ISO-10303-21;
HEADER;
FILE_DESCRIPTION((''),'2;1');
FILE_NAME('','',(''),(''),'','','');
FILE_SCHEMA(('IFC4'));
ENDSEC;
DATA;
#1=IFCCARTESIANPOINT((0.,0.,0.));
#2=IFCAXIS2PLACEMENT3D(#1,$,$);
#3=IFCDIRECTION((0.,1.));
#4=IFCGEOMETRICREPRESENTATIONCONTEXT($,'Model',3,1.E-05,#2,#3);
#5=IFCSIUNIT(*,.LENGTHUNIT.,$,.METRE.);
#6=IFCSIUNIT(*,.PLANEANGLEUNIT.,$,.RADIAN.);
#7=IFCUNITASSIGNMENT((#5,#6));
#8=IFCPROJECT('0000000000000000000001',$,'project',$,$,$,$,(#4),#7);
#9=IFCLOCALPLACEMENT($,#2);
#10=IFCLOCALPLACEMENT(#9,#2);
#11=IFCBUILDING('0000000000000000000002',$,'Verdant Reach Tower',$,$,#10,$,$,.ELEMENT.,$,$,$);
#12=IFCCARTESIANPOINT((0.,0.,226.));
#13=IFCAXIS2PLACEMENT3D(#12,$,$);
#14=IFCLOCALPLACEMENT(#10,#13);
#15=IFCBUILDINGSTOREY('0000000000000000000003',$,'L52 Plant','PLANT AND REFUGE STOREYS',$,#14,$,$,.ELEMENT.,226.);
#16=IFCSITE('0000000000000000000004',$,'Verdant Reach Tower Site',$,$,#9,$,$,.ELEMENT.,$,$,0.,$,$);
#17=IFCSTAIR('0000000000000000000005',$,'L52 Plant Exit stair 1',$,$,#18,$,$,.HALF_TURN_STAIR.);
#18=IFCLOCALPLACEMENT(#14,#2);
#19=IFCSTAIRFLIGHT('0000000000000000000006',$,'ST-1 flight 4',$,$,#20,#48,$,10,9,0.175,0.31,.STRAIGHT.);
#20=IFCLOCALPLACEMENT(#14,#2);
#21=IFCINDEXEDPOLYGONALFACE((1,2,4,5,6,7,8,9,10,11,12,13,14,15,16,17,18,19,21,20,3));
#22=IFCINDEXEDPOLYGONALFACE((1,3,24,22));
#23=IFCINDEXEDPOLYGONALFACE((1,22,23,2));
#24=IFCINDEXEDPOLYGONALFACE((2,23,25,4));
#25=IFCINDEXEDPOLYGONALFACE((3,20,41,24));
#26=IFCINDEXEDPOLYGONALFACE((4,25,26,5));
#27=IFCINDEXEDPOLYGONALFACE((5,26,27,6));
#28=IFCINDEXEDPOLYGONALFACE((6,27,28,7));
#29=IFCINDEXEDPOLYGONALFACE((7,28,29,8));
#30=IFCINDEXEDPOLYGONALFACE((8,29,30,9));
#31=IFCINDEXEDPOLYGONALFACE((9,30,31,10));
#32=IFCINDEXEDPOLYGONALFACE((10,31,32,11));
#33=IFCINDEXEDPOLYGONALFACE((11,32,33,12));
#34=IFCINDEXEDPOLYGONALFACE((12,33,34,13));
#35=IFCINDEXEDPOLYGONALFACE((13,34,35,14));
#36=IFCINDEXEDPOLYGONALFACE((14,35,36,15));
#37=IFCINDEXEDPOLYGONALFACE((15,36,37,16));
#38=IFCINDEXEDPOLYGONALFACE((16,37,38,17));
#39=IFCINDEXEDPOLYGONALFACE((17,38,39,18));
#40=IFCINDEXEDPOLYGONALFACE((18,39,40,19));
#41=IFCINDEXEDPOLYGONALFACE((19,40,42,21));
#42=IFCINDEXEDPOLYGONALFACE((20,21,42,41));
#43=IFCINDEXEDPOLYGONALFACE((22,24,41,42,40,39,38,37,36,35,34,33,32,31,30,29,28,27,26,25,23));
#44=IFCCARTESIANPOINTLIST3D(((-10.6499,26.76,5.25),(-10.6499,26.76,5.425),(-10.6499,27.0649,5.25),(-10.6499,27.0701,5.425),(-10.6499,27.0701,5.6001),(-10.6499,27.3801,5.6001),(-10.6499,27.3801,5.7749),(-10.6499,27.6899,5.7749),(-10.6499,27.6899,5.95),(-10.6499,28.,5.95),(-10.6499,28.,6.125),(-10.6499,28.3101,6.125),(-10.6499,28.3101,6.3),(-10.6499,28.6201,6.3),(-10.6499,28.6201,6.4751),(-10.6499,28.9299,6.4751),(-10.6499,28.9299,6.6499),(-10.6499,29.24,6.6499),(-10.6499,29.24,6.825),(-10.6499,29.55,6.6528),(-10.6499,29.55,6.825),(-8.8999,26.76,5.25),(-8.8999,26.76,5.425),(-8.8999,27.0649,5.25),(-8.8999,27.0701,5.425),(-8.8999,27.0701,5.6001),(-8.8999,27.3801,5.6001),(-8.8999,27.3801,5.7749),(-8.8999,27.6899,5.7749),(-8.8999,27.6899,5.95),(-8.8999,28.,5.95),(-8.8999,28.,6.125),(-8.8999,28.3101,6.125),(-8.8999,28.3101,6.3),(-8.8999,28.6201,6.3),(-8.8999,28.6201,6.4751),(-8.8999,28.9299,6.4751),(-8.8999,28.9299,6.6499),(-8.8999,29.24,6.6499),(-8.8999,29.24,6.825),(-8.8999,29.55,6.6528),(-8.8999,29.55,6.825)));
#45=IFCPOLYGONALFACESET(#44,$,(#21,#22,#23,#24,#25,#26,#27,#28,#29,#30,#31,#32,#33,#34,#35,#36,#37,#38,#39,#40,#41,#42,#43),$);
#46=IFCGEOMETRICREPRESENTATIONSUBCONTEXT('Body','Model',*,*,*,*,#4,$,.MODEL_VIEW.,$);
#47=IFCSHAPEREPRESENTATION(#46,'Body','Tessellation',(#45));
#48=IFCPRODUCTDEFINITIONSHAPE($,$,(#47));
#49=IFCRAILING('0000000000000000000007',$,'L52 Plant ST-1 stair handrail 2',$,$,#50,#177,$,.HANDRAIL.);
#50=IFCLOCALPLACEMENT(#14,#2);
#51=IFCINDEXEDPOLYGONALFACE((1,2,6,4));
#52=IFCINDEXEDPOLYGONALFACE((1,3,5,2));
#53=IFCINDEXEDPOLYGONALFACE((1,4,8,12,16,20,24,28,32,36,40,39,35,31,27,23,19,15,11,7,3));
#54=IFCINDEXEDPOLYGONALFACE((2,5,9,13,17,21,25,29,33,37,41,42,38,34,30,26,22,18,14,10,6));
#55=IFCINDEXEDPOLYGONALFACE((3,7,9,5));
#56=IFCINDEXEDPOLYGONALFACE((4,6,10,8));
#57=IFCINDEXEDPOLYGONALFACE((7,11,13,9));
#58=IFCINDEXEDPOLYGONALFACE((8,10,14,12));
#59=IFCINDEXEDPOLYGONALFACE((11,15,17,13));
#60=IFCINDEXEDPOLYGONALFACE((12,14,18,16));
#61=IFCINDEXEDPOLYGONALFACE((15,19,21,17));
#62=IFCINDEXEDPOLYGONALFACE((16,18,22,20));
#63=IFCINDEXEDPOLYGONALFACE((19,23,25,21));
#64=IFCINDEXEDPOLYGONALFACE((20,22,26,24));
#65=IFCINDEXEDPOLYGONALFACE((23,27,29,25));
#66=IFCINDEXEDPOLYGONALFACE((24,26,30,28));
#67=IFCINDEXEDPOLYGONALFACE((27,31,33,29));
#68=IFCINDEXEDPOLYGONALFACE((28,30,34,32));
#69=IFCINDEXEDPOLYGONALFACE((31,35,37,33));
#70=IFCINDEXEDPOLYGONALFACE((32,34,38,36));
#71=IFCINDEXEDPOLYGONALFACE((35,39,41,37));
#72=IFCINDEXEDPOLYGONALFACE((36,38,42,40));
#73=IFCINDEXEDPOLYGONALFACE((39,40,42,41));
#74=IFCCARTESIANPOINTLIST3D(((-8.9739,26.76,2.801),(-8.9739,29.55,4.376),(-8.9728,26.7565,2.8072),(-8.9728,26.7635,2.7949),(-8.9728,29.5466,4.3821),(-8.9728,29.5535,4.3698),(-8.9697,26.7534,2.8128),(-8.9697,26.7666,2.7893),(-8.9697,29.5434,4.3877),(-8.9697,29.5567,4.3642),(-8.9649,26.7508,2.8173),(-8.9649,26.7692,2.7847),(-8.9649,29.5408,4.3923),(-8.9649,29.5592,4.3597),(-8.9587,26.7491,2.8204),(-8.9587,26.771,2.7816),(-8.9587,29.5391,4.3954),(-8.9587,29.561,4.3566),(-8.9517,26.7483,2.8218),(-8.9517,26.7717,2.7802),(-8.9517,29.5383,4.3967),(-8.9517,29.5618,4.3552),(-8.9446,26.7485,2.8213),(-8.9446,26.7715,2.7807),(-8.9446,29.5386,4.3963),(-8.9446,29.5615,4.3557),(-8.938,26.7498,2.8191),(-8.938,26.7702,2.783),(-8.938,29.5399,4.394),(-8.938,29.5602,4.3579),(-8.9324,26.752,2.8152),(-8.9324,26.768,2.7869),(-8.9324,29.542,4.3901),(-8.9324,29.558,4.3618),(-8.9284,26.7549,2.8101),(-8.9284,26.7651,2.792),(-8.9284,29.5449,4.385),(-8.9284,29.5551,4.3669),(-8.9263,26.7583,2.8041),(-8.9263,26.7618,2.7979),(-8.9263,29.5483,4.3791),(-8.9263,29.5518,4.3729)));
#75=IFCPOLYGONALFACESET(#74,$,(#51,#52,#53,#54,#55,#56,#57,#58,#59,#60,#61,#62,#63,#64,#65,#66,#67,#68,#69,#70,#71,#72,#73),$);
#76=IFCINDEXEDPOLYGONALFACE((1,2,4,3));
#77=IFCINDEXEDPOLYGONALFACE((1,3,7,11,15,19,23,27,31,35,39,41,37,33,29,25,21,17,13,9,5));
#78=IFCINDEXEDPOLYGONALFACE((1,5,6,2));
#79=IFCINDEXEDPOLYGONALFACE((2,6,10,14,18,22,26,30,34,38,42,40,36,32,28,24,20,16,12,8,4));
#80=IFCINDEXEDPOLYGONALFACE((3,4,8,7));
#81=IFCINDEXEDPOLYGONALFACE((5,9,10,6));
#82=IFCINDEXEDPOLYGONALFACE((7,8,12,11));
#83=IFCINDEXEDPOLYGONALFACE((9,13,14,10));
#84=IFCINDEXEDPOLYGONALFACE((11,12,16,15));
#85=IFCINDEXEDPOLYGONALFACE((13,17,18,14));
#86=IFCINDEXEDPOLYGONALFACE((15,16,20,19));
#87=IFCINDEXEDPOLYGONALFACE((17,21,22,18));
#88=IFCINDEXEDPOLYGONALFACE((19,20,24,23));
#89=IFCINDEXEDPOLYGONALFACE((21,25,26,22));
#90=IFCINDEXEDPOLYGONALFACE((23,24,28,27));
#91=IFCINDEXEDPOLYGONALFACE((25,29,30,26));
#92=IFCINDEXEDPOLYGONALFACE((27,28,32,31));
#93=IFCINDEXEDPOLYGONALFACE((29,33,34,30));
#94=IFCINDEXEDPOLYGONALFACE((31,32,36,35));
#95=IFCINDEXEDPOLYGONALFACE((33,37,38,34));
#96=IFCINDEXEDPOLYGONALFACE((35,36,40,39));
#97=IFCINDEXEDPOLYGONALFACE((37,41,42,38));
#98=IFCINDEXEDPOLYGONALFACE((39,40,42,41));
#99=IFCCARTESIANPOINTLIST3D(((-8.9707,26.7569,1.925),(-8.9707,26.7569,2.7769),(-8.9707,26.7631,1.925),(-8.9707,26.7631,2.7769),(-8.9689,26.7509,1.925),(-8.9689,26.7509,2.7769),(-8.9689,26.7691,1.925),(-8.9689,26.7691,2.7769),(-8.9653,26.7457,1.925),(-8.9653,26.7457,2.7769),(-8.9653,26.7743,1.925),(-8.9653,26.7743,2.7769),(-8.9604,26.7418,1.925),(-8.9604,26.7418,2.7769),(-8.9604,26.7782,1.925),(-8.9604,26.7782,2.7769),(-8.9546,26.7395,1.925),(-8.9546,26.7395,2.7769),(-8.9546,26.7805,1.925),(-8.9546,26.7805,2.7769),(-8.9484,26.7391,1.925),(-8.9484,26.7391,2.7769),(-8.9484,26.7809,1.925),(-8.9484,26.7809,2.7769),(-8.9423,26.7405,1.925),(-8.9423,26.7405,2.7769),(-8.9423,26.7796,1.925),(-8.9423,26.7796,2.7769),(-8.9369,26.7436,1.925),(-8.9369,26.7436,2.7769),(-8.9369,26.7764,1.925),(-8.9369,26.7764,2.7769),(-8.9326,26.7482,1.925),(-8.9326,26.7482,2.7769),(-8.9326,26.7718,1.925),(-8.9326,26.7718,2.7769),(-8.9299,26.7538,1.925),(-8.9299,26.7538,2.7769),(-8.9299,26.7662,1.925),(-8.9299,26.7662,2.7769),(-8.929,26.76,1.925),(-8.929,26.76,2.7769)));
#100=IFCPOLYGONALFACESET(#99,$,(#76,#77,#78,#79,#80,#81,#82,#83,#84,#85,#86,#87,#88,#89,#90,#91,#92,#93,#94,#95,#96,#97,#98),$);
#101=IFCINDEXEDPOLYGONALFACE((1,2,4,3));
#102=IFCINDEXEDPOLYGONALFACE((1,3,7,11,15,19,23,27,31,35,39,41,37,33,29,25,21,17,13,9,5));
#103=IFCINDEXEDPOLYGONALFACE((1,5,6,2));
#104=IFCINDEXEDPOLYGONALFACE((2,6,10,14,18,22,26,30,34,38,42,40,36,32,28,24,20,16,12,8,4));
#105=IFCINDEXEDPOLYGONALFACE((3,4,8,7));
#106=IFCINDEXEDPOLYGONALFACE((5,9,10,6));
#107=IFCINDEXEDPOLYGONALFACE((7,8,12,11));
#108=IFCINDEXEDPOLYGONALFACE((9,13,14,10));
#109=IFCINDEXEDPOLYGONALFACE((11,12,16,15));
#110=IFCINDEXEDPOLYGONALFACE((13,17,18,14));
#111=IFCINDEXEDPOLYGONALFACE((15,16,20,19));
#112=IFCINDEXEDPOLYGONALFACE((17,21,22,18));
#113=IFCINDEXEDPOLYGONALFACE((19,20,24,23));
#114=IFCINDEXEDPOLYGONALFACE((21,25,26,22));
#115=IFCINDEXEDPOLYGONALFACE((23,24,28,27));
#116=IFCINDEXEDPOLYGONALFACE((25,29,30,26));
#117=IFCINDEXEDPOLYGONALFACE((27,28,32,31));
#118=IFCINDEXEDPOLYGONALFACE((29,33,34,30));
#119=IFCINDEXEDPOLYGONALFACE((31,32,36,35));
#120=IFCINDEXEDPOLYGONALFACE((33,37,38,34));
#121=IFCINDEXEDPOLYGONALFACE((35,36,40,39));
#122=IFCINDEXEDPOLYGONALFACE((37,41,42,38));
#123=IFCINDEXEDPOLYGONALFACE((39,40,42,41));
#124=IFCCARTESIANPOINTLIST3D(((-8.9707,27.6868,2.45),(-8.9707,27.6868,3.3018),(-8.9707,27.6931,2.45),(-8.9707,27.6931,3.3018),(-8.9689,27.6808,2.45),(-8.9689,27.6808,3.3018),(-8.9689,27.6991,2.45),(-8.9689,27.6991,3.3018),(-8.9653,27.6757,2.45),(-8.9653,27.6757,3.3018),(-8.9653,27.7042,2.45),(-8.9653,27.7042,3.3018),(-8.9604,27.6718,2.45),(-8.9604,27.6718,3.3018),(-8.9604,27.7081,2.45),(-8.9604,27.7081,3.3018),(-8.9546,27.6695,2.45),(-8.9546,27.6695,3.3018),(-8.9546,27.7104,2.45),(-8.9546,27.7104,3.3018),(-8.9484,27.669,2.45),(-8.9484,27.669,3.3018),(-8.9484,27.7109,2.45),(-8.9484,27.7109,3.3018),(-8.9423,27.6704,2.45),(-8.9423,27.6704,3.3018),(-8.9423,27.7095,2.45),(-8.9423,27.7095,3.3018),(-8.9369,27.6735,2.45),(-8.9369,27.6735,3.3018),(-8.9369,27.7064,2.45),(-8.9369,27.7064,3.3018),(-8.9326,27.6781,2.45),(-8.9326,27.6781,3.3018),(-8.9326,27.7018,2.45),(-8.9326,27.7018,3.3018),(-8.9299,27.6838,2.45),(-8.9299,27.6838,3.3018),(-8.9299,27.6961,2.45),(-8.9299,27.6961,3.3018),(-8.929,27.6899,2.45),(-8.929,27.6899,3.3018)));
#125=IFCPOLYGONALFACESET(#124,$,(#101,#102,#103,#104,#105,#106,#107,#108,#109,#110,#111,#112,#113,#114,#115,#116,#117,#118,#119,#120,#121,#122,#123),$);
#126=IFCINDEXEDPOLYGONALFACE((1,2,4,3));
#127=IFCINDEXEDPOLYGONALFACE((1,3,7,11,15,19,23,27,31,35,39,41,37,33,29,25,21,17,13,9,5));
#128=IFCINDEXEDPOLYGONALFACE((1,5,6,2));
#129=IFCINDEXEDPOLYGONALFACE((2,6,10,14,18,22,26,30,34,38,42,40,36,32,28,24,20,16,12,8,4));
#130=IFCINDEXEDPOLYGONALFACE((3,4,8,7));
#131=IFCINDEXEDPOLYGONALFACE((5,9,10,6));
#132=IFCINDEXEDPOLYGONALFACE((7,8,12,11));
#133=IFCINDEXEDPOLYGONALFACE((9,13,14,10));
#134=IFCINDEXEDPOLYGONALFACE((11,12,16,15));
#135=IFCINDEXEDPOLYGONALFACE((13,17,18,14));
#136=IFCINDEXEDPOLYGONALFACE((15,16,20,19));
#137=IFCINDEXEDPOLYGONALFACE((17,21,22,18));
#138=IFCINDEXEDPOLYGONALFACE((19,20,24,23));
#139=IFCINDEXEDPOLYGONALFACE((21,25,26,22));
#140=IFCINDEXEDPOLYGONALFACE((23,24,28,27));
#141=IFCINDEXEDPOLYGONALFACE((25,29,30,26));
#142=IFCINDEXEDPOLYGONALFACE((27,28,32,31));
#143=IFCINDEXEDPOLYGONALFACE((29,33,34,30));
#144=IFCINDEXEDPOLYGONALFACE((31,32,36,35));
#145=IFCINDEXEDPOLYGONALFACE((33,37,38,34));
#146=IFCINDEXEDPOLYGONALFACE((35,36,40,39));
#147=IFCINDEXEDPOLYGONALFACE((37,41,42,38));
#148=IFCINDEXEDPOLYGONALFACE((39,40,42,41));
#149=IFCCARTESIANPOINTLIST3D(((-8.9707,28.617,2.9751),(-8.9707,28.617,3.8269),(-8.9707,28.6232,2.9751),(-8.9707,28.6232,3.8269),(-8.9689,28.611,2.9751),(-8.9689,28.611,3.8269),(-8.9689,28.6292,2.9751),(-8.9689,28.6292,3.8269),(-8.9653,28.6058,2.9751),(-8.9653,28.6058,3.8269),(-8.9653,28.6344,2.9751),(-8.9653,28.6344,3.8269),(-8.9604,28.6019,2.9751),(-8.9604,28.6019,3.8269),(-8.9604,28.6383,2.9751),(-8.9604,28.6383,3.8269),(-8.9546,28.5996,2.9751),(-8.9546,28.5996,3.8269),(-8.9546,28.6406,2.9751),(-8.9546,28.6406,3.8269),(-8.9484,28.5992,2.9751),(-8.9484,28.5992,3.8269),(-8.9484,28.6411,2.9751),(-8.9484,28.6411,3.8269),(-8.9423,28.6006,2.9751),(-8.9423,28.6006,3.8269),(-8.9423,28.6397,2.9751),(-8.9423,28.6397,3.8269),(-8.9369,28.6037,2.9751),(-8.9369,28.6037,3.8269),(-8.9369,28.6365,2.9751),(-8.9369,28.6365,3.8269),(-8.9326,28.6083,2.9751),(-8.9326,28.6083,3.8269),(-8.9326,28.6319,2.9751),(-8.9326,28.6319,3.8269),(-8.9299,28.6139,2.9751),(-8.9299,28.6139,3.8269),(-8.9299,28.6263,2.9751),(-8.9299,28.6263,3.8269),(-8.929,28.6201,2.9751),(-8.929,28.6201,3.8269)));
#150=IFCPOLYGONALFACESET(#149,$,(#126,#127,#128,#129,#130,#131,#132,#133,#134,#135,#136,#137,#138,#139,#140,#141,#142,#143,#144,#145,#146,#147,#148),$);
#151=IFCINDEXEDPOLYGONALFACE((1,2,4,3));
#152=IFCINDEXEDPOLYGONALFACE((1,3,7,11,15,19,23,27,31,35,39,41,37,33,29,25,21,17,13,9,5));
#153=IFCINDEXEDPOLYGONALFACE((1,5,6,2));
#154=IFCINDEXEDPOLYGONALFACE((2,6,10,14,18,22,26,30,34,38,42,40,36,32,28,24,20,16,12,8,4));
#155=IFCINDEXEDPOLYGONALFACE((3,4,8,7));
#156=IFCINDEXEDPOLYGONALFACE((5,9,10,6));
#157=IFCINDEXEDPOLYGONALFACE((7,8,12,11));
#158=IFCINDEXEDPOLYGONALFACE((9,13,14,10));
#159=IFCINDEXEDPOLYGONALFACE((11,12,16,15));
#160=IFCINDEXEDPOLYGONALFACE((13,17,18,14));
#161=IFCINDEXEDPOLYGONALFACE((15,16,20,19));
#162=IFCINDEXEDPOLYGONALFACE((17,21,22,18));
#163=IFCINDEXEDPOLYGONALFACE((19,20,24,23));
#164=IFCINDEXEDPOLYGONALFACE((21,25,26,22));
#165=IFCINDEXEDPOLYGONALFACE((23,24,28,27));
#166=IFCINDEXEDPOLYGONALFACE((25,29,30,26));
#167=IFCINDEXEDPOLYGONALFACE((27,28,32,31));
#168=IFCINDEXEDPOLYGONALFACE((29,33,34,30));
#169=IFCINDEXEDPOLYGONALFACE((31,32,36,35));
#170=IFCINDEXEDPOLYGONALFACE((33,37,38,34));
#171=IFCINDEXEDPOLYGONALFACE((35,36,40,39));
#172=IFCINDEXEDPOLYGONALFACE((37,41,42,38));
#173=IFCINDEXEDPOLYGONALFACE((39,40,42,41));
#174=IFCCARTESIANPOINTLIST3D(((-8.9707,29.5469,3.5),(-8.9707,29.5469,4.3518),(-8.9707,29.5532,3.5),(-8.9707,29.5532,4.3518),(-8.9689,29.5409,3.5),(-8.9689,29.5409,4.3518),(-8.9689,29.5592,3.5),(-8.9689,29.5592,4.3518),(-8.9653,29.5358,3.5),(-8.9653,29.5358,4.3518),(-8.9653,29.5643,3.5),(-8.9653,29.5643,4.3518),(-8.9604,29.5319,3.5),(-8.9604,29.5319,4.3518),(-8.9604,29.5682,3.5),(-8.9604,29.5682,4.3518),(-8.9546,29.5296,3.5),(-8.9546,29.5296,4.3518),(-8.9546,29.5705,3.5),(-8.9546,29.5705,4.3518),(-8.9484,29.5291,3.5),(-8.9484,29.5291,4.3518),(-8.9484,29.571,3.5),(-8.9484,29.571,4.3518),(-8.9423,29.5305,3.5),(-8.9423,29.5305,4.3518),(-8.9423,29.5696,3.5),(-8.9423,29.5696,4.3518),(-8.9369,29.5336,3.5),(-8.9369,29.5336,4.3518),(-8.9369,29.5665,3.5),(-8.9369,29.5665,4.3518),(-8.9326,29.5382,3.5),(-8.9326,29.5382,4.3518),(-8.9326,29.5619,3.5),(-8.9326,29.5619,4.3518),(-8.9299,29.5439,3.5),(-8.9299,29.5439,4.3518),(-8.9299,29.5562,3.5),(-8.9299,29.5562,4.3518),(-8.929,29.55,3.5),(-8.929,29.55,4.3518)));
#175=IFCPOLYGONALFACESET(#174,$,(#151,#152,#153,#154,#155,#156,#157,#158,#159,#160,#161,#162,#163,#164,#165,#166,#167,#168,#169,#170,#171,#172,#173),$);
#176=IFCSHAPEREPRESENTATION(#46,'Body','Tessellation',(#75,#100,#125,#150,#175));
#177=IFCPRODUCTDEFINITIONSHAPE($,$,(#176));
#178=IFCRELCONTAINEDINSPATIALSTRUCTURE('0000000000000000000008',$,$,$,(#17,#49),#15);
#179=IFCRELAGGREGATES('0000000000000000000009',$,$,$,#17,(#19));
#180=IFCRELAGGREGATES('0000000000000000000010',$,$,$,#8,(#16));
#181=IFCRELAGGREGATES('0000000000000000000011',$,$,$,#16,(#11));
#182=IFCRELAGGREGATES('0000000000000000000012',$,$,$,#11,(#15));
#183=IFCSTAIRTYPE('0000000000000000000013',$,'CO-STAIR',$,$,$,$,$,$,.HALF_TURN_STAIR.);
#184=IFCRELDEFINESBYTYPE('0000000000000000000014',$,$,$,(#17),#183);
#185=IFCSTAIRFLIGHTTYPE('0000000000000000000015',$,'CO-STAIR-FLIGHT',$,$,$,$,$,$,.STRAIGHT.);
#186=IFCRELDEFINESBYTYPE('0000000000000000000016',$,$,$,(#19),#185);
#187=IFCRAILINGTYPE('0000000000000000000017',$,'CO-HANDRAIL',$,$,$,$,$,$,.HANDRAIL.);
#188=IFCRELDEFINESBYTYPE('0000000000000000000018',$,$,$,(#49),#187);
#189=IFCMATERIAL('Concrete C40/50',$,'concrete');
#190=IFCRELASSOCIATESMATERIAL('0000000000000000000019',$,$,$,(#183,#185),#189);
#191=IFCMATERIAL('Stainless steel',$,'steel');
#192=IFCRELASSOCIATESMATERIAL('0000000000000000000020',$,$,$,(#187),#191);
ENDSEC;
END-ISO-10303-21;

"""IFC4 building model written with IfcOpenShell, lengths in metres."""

from ifc_helpers import new_model, si_unit, direction, frame, origin, origin_2d, place, context, subcontext, project, spatial, polyline, circle, outline, extrude, material, type_object, element, aggregate, save


model = new_model("IFC4")

# Units and contexts
model_context = context("Model", 3, precision=1e-05, world=origin(), true_north=direction((0.0, 1.0)))
body_context = subcontext(model_context, "Body", "Model", "MODEL_VIEW")
ifc_project = project(units=[si_unit("LENGTHUNIT", "METRE"), si_unit("PLANEANGLEUNIT", "RADIAN")], contexts=[model_context])

# Site, building, storey
site_placement = place(None, origin())
site = spatial("IfcSite", under=ifc_project, at=site_placement, Name="Verdant Reach Tower Site", CompositionType="ELEMENT", RefElevation=0.0)
building_placement = place(site_placement, origin())
building = spatial("IfcBuilding", under=site, at=building_placement, Name="Verdant Reach Tower", CompositionType="ELEMENT")
storey_placement = place(building_placement, frame((0.0, 0.0, 226.0)))
storey = spatial("IfcBuildingStorey", under=building, at=storey_placement, Name="L52 Plant", Description="PLANT AND REFUGE STOREYS", CompositionType="ELEMENT", Elevation=226.0)

# Shared definitions
ifc_material_1 = material(Name="Concrete C40/50", Category="concrete")

# Stair, stair flight
stair_type = type_object("IfcStairType", Name="CO-STAIR", PredefinedType="HALF_TURN_STAIR", material=ifc_material_1)
stair_placement = place(storey_placement, origin())
stair = element("IfcStair", 1, at=stair_placement, inside=storey, type_object=stair_type, Name="L52 Plant Exit stair 1", PredefinedType="HALF_TURN_STAIR")
stair_flight_type = type_object("IfcStairFlightType", Name="CO-STAIR-FLIGHT", PredefinedType="STRAIGHT", material=ifc_material_1)
stair_flight_1_placement = place(storey_placement, frame((-9.7749, 26.76, 5.25), z_axis=(0.0, 0.0, 1.0), x_axis=(0.0, 1.0, 0.0)))
stair_flight_1 = element("IfcStairFlight", 2, at=stair_flight_1_placement, type_object=stair_flight_type, Name="ST-1 flight 4", NumberOfRisers=10, NumberOfTreads=9, PredefinedType="STRAIGHT", RiserHeight=0.175, TreadLength=0.31, context=body_context, shape_type="SweptSolid", body=[
    extrude(outline(polyline([(0.0, 0.0), (0.0, 0.175), (0.3101, 0.175), (0.3101, 0.3501), (0.6201, 0.3501), (0.6201, 0.5249), (0.9299, 0.5249), (0.9299, 0.7), (1.24, 0.7), (1.24, 0.875), (1.55, 0.875), (1.55, 1.05), (1.8601, 1.05), (1.8601, 1.2251), (2.1699, 1.2251), (2.1699, 1.3999), (2.48, 1.3999), (2.48, 1.575), (2.79, 1.575), (2.79, 1.75), (2.79, 1.4028), (0.3049, 0.0), (0.0, 0.0)])), frame((0.0, 0.875, 0.0), z_axis=(0.0, -1.0, 0.0), x_axis=(1.0, 0.0, 0.0)), (0.0, 0.0, 1.0), 1.75),
])
aggregate(stair, [stair_flight_1])

# Railing
ifc_material_2 = material(Name="Stainless steel", Category="steel")
railing_type = type_object("IfcRailingType", Name="CO-HANDRAIL", PredefinedType="HANDRAIL", material=ifc_material_2)
for number, where, name in (
    (3, (-8.95, 26.76, 1.925), "L52 Plant ST-1 stair handrail 2"),
):
    element("IfcRailing", number, at=place(storey_placement, frame(where)), inside=storey, type_object=railing_type, Name=name, PredefinedType="HANDRAIL", context=body_context, shape_type="SweptSolid", body=[
        extrude(circle(Radius=0.0239, at=origin_2d()), frame((0.0, 0.0, 0.876), z_axis=(0.0, 0.870834, 0.491578), x_axis=(-1.0, 0.0, 0.0)), (0.0, 0.0, 1.0), 3.2039),
        extrude(circle(Radius=0.021, at=origin_2d()), origin(), (0.0, 0.0, 1.0), 0.8518),
        extrude(circle(Radius=0.021, at=origin_2d()), frame((0.0, 0.9299, 0.5249)), (0.0, 0.0, 1.0), 0.8518),
        extrude(circle(Radius=0.021, at=origin_2d()), frame((0.0, 1.8601, 1.05)), (0.0, 0.0, 1.0), 0.8518),
        extrude(circle(Radius=0.021, at=origin_2d()), frame((0.0, 2.79, 1.575)), (0.0, 0.0, 1.0), 0.8518),
    ])

save(model, "model.ifc")
